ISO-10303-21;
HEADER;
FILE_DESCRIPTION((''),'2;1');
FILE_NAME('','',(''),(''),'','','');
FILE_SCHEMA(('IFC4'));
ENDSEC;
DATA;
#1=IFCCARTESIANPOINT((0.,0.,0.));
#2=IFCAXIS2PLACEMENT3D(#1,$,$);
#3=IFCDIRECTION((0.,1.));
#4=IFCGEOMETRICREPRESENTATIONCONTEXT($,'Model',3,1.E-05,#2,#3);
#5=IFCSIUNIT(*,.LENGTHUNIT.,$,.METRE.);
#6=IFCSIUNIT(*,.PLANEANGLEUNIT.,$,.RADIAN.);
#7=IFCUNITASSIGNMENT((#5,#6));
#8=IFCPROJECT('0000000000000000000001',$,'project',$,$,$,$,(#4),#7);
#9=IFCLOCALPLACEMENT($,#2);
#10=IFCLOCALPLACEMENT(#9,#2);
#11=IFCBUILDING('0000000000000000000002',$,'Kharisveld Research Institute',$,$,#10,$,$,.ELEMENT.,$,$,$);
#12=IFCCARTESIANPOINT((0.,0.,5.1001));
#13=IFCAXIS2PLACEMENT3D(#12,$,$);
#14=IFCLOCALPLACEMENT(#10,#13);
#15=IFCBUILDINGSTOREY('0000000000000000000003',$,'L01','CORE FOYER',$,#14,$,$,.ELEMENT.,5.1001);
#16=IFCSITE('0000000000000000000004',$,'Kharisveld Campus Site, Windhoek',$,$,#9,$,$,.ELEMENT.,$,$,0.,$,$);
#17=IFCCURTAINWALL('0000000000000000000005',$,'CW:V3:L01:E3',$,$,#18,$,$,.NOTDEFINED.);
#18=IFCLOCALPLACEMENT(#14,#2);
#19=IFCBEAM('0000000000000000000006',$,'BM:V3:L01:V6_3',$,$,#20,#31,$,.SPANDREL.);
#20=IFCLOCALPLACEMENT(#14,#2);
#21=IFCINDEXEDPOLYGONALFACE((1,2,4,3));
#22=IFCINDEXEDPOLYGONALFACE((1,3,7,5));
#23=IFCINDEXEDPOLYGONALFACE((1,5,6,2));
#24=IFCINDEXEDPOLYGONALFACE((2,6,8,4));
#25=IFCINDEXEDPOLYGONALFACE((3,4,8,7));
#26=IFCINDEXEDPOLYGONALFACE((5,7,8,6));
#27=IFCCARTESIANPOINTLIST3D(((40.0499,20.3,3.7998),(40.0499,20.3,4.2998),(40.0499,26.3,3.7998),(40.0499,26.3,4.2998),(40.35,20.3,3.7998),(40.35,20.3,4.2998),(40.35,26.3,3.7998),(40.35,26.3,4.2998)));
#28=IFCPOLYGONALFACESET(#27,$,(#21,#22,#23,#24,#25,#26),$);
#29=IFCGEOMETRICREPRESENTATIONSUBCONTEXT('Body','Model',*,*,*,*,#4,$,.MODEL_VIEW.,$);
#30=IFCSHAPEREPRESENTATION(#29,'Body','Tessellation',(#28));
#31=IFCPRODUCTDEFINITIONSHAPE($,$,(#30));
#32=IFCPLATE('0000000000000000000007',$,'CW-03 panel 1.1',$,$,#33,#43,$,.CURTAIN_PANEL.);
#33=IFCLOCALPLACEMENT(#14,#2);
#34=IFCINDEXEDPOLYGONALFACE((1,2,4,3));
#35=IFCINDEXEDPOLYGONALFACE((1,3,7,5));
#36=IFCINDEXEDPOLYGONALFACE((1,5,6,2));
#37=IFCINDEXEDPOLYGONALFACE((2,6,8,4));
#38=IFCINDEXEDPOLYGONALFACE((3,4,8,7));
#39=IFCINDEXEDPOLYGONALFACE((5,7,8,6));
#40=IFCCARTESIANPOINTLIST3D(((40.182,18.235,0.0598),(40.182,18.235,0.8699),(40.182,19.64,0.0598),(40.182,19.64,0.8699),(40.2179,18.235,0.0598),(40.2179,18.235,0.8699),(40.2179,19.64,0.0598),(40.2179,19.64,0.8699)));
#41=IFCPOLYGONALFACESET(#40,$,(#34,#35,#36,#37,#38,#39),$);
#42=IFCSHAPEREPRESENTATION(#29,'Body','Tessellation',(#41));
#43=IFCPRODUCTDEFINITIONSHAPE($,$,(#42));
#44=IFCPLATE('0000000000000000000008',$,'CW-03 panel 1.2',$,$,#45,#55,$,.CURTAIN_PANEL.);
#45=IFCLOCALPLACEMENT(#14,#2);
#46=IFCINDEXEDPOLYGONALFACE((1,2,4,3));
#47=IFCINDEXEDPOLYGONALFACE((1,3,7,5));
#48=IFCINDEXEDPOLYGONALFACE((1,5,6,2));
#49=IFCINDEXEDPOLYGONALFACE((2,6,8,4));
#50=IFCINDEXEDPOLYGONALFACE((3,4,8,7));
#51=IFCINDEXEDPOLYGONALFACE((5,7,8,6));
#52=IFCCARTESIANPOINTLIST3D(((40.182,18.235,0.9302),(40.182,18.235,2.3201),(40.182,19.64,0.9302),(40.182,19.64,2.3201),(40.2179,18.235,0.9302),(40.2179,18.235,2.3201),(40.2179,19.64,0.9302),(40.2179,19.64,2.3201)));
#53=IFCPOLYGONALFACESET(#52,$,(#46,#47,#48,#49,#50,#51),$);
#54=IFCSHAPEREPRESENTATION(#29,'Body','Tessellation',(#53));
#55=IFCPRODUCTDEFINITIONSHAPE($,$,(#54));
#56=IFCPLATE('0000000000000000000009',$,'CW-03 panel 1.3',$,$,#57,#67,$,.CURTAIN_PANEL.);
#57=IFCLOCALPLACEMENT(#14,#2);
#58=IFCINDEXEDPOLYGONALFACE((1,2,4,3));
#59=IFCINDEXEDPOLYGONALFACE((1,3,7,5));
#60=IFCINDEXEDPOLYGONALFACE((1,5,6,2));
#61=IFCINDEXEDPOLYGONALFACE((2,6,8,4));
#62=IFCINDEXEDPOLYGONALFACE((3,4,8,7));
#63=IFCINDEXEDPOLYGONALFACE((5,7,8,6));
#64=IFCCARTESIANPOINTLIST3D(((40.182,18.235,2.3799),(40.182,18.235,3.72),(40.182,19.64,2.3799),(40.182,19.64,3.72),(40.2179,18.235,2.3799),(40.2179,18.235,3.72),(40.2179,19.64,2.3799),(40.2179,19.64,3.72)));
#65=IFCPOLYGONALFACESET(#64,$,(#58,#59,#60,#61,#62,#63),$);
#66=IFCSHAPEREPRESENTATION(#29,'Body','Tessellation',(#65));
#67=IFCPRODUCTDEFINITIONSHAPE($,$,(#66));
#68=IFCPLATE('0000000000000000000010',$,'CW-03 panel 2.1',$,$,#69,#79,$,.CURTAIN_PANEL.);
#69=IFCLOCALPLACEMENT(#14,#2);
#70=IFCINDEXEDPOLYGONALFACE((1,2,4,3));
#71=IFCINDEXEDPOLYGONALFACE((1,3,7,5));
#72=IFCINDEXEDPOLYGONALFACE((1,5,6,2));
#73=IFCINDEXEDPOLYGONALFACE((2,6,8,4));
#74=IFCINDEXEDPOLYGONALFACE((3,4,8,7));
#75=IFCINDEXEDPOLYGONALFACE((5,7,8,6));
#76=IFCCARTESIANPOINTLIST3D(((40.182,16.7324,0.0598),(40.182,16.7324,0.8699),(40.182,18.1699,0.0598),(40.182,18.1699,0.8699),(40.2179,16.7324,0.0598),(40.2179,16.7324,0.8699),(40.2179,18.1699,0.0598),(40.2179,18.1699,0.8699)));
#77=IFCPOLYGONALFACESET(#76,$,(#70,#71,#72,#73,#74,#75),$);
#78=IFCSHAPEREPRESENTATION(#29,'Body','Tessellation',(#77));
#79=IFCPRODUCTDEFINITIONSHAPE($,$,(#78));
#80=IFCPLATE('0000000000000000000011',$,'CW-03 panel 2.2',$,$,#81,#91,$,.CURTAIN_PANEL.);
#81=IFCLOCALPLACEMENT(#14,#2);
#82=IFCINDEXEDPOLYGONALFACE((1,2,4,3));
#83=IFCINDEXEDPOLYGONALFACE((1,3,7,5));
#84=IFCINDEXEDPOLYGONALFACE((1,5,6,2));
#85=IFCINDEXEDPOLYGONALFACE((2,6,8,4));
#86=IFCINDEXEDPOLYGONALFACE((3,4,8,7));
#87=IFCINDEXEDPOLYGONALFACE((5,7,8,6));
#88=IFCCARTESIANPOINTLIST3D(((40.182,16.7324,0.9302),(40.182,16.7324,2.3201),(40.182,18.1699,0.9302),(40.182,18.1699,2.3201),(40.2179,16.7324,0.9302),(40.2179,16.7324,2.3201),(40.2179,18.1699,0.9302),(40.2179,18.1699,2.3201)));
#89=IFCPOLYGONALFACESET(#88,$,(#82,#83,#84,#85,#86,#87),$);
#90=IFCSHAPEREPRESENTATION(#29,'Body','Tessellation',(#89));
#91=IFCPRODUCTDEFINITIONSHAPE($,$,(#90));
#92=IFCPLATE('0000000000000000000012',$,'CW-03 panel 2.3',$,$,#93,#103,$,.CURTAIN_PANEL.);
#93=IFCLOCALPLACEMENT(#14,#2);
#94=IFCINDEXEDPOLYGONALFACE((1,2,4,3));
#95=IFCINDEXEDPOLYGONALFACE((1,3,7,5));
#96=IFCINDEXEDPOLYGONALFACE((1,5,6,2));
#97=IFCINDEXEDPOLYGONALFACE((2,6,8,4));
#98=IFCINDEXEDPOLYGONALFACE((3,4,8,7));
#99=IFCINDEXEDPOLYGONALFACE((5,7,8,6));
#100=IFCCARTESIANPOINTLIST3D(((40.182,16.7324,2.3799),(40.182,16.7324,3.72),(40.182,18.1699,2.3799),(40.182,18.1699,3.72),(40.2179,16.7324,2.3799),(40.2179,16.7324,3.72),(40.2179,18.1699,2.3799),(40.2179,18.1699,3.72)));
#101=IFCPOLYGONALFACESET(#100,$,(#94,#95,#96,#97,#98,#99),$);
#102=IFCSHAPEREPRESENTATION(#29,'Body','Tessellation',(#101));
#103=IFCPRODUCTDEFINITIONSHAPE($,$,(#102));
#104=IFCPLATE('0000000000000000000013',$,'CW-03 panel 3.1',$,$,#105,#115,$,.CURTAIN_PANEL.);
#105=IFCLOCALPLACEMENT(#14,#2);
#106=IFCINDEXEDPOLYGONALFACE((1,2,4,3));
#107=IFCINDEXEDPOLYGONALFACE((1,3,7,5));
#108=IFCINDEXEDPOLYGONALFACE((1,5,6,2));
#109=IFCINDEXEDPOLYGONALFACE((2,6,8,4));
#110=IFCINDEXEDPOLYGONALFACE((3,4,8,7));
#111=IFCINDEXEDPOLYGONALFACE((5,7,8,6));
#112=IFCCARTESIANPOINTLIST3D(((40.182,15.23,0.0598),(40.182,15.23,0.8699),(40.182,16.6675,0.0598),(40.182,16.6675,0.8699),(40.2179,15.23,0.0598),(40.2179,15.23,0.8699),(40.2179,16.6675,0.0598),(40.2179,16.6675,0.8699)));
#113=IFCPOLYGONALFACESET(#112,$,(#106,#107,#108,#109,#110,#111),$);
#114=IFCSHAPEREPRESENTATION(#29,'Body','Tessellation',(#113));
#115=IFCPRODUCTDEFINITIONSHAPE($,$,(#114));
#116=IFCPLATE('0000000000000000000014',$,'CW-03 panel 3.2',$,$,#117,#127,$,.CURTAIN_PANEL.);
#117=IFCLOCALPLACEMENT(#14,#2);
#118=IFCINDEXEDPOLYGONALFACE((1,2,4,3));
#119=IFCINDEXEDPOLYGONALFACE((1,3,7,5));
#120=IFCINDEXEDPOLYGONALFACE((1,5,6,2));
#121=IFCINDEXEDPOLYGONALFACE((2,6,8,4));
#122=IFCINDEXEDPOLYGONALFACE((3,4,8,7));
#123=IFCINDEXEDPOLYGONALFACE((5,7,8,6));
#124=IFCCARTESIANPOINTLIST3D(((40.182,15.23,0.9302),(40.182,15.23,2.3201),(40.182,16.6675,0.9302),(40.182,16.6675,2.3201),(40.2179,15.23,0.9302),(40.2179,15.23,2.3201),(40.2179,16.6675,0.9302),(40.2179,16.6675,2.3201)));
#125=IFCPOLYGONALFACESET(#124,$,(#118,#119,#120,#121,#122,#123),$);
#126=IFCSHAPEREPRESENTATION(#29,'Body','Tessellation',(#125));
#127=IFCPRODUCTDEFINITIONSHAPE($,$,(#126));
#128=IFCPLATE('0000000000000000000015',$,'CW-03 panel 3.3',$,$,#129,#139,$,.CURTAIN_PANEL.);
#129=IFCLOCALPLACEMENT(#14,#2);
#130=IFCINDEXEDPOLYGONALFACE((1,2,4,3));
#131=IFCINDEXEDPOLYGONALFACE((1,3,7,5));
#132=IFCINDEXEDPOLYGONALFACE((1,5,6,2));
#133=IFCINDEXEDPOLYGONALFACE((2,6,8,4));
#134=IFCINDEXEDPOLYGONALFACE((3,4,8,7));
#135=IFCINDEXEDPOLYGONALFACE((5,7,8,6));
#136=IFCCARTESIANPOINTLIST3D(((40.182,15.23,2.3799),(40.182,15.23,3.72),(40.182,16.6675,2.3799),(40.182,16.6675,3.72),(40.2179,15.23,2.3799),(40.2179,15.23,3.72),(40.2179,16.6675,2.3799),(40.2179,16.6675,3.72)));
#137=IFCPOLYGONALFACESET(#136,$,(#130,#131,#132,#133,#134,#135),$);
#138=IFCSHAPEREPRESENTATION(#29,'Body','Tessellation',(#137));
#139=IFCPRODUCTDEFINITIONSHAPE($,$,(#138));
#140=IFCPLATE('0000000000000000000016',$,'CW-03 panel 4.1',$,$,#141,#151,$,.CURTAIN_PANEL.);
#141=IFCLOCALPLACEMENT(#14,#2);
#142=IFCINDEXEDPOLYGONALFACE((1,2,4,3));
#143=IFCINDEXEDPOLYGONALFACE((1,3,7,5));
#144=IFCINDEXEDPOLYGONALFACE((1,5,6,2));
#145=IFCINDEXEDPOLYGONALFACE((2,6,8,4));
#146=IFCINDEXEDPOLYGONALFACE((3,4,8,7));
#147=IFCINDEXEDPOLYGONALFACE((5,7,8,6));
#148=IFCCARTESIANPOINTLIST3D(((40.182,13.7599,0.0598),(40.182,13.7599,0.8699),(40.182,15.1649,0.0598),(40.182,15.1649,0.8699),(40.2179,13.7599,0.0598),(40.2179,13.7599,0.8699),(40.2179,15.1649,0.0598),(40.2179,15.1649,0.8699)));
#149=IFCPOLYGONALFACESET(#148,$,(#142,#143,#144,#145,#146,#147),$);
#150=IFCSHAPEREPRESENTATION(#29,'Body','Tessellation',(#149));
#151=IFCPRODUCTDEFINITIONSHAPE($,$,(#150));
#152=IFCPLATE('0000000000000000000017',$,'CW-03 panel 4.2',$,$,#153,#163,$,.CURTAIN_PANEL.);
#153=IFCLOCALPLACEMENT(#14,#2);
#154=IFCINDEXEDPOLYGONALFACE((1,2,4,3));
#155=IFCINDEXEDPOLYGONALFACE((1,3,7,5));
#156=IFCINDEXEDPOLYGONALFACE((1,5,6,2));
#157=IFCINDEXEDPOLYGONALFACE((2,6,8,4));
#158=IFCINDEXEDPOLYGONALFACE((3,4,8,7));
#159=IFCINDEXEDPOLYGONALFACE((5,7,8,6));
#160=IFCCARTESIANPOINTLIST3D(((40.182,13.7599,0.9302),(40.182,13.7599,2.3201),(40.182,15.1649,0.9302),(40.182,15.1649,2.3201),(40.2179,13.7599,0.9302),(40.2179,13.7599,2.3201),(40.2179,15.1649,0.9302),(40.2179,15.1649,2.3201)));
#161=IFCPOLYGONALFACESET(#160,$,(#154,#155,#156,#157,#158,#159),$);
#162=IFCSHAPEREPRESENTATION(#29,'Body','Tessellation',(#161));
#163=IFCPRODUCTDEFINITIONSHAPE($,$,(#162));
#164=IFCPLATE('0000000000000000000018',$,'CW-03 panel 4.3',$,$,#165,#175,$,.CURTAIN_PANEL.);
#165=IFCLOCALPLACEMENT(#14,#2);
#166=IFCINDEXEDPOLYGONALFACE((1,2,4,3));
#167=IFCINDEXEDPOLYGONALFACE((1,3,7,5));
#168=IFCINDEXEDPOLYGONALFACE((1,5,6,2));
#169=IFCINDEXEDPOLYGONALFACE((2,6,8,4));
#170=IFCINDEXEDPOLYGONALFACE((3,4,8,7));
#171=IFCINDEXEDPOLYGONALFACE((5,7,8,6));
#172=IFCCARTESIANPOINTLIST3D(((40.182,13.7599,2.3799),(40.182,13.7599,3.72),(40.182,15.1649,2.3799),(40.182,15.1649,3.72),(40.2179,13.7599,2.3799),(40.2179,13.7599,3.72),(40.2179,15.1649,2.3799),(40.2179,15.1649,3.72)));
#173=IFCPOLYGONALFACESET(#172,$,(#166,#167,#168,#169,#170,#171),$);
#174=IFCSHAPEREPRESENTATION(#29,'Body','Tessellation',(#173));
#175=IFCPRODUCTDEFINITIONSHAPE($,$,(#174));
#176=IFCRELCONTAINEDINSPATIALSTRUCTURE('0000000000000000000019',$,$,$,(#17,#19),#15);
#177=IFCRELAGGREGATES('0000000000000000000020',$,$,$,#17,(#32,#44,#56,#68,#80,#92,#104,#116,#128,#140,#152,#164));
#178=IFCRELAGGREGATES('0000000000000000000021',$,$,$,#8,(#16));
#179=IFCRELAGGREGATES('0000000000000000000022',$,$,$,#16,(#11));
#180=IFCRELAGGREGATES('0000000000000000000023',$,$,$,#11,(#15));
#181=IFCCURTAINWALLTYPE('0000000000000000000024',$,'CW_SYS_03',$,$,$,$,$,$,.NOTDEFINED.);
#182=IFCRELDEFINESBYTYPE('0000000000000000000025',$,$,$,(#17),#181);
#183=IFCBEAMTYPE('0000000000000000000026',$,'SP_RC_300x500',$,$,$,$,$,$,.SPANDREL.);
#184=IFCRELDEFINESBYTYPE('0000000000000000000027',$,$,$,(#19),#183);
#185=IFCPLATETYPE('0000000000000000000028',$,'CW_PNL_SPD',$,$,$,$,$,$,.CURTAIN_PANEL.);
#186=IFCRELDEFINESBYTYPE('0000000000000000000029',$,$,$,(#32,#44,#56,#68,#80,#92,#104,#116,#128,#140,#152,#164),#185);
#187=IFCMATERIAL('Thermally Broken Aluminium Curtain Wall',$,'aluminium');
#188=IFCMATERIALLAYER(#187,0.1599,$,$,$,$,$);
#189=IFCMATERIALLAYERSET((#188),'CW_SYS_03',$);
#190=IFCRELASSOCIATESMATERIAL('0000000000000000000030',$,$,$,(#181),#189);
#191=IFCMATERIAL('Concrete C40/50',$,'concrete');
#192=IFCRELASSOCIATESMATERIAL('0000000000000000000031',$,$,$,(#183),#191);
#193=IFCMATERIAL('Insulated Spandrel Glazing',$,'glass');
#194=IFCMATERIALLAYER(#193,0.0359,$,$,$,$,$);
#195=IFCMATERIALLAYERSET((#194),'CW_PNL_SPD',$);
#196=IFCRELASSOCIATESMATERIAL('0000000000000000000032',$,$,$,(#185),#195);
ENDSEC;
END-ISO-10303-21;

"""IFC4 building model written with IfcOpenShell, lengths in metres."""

from ifc_helpers import new_model, si_unit, direction, frame, origin, origin_2d, place, context, subcontext, project, spatial, rectangle, extrude, material, layer, layer_set, material_profile, profile_set, type_object, element, aggregate, save


model = new_model("IFC4")

# Units and contexts
model_context = context("Model", 3, precision=1e-05, world=origin(), true_north=direction((0.0, 1.0)))
body_context = subcontext(model_context, "Body", "Model", "MODEL_VIEW")
ifc_project = project(units=[si_unit("LENGTHUNIT", "METRE"), si_unit("PLANEANGLEUNIT", "RADIAN")], contexts=[model_context])

# Site, building, storey
site_placement = place(None, origin())
site = spatial("IfcSite", under=ifc_project, at=site_placement, Name="Kharisveld Campus Site, Windhoek", CompositionType="ELEMENT", RefElevation=0.0)
building_placement = place(site_placement, origin())
building = spatial("IfcBuilding", under=site, at=building_placement, Name="Kharisveld Research Institute", CompositionType="ELEMENT")
storey_placement = place(building_placement, frame((0.0, 0.0, 5.1001)))
storey = spatial("IfcBuildingStorey", under=building, at=storey_placement, Name="L01", Description="CORE FOYER", CompositionType="ELEMENT", Elevation=5.1001)

# Curtain wall
ifc_material_1 = material(Name="Thermally Broken Aluminium Curtain Wall", Category="aluminium")
ifc_layer_1 = layer(ifc_material_1, 0.1599)
ifc_layer_set_1 = layer_set([ifc_layer_1], Name="CW_SYS_03")
curtain_wall_type = type_object("IfcCurtainWallType", Name="CW_SYS_03", PredefinedType="NOTDEFINED", material=ifc_layer_set_1)
curtain_wall_placement = place(storey_placement, origin())
curtain_wall = element("IfcCurtainWall", 1, at=curtain_wall_placement, inside=storey, type_object=curtain_wall_type, Name="CW:V3:L01:E3", PredefinedType="NOTDEFINED")

# Beam
ifc_material_2 = material(Name="Concrete C40/50", Category="concrete")
ifc_material_profile_1 = material_profile(ifc_material_2, rectangle(XDim=0.3, YDim=0.5, at=origin_2d()))
ifc_profile_set_1 = profile_set([ifc_material_profile_1], Name="Concrete C40/50")
beam_type = type_object("IfcBeamType", Name="SP_RC_300x500", PredefinedType="SPANDREL", material=ifc_profile_set_1)
beam_placement = place(storey_placement, frame((40.2, 20.3, 4.0498), z_axis=(0.0, 1.0, 0.0), x_axis=(-1.0, 0.0, 0.0)))
element("IfcBeam", 2, at=beam_placement, inside=storey, type_object=beam_type, Name="BM:V3:L01:V6_3", PredefinedType="SPANDREL", context=body_context, shape_type="SweptSolid", body=[
    extrude(rectangle(XDim=0.3, YDim=0.5, at=origin_2d()), origin(), (0.0, 0.0, 1.0), 6.0),
])

# Plates
ifc_material_3 = material(Name="Insulated Spandrel Glazing", Category="glass")
ifc_layer_2 = layer(ifc_material_3, 0.0359)
ifc_layer_set_2 = layer_set([ifc_layer_2], Name="CW_PNL_SPD")
plate_type = type_object("IfcPlateType", Name="CW_PNL_SPD", PredefinedType="CURTAIN_PANEL", material=ifc_layer_set_2)
plate_1_placement = place(storey_placement, frame((40.2, 18.9375, 0.0598), z_axis=(0.0, 0.0, 1.0), x_axis=(0.0, -1.0, 0.0)))
plate_1 = element("IfcPlate", 3, at=plate_1_placement, type_object=plate_type, Name="CW-03 panel 1.1", PredefinedType="CURTAIN_PANEL", context=body_context, shape_type="SweptSolid", body=[
    extrude(rectangle(XDim=1.405, YDim=0.0359, at=origin_2d()), origin(), (0.0, 0.0, 1.0), 0.8101),
])
plate_2_placement = place(storey_placement, frame((40.2, 18.9375, 0.9302), z_axis=(0.0, 0.0, 1.0), x_axis=(0.0, -1.0, 0.0)))
plate_2 = element("IfcPlate", 4, at=plate_2_placement, type_object=plate_type, Name="CW-03 panel 1.2", PredefinedType="CURTAIN_PANEL", context=body_context, shape_type="SweptSolid", body=[
    extrude(rectangle(XDim=1.405, YDim=0.0359, at=origin_2d()), origin(), (0.0, 0.0, 1.0), 1.3899),
])
plate_3_placement = place(storey_placement, frame((40.2, 18.9375, 2.3799), z_axis=(0.0, 0.0, 1.0), x_axis=(0.0, -1.0, 0.0)))
plate_3 = element("IfcPlate", 5, at=plate_3_placement, type_object=plate_type, Name="CW-03 panel 1.3", PredefinedType="CURTAIN_PANEL", context=body_context, shape_type="SweptSolid", body=[
    extrude(rectangle(XDim=1.405, YDim=0.0359, at=origin_2d()), origin(), (0.0, 0.0, 1.0), 1.3401),
])
plate_4_placement = place(storey_placement, frame((40.2, 17.4512, 0.0598), z_axis=(0.0, 0.0, 1.0), x_axis=(0.0, -1.0, 0.0)))
plate_4 = element("IfcPlate", 6, at=plate_4_placement, type_object=plate_type, Name="CW-03 panel 2.1", PredefinedType="CURTAIN_PANEL", context=body_context, shape_type="SweptSolid", body=[
    extrude(rectangle(XDim=1.4375, YDim=0.0359, at=origin_2d()), origin(), (0.0, 0.0, 1.0), 0.8101),
])
plate_5_placement = place(storey_placement, frame((40.2, 17.4512, 0.9302), z_axis=(0.0, 0.0, 1.0), x_axis=(0.0, -1.0, 0.0)))
plate_5 = element("IfcPlate", 7, at=plate_5_placement, type_object=plate_type, Name="CW-03 panel 2.2", PredefinedType="CURTAIN_PANEL", context=body_context, shape_type="SweptSolid", body=[
    extrude(rectangle(XDim=1.4375, YDim=0.0359, at=origin_2d()), origin(), (0.0, 0.0, 1.0), 1.3899),
])
plate_6_placement = place(storey_placement, frame((40.2, 17.4512, 2.3799), z_axis=(0.0, 0.0, 1.0), x_axis=(0.0, -1.0, 0.0)))
plate_6 = element("IfcPlate", 8, at=plate_6_placement, type_object=plate_type, Name="CW-03 panel 2.3", PredefinedType="CURTAIN_PANEL", context=body_context, shape_type="SweptSolid", body=[
    extrude(rectangle(XDim=1.4375, YDim=0.0359, at=origin_2d()), origin(), (0.0, 0.0, 1.0), 1.3401),
])
plate_7_placement = place(storey_placement, frame((40.2, 15.9487, 0.0598), z_axis=(0.0, 0.0, 1.0), x_axis=(0.0, -1.0, 0.0)))
plate_7 = element("IfcPlate", 9, at=plate_7_placement, type_object=plate_type, Name="CW-03 panel 3.1", PredefinedType="CURTAIN_PANEL", context=body_context, shape_type="SweptSolid", body=[
    extrude(rectangle(XDim=1.4375, YDim=0.0359, at=origin_2d()), origin(), (0.0, 0.0, 1.0), 0.8101),
])
plate_8_placement = place(storey_placement, frame((40.2, 15.9487, 0.9302), z_axis=(0.0, 0.0, 1.0), x_axis=(0.0, -1.0, 0.0)))
plate_8 = element("IfcPlate", 10, at=plate_8_placement, type_object=plate_type, Name="CW-03 panel 3.2", PredefinedType="CURTAIN_PANEL", context=body_context, shape_type="SweptSolid", body=[
    extrude(rectangle(XDim=1.4375, YDim=0.0359, at=origin_2d()), origin(), (0.0, 0.0, 1.0), 1.3899),
])
plate_9_placement = place(storey_placement, frame((40.2, 15.9487, 2.3799), z_axis=(0.0, 0.0, 1.0), x_axis=(0.0, -1.0, 0.0)))
plate_9 = element("IfcPlate", 11, at=plate_9_placement, type_object=plate_type, Name="CW-03 panel 3.3", PredefinedType="CURTAIN_PANEL", context=body_context, shape_type="SweptSolid", body=[
    extrude(rectangle(XDim=1.4375, YDim=0.0359, at=origin_2d()), origin(), (0.0, 0.0, 1.0), 1.3401),
])
plate_10_placement = place(storey_placement, frame((40.2, 14.4624, 0.0598), z_axis=(0.0, 0.0, 1.0), x_axis=(0.0, -1.0, 0.0)))
plate_10 = element("IfcPlate", 12, at=plate_10_placement, type_object=plate_type, Name="CW-03 panel 4.1", PredefinedType="CURTAIN_PANEL", context=body_context, shape_type="SweptSolid", body=[
    extrude(rectangle(XDim=1.405, YDim=0.0359, at=origin_2d()), origin(), (0.0, 0.0, 1.0), 0.8101),
])
plate_11_placement = place(storey_placement, frame((40.2, 14.4624, 0.9302), z_axis=(0.0, 0.0, 1.0), x_axis=(0.0, -1.0, 0.0)))
plate_11 = element("IfcPlate", 13, at=plate_11_placement, type_object=plate_type, Name="CW-03 panel 4.2", PredefinedType="CURTAIN_PANEL", context=body_context, shape_type="SweptSolid", body=[
    extrude(rectangle(XDim=1.405, YDim=0.0359, at=origin_2d()), origin(), (0.0, 0.0, 1.0), 1.3899),
])
plate_12_placement = place(storey_placement, frame((40.2, 14.4624, 2.3799), z_axis=(0.0, 0.0, 1.0), x_axis=(0.0, -1.0, 0.0)))
plate_12 = element("IfcPlate", 14, at=plate_12_placement, type_object=plate_type, Name="CW-03 panel 4.3", PredefinedType="CURTAIN_PANEL", context=body_context, shape_type="SweptSolid", body=[
    extrude(rectangle(XDim=1.405, YDim=0.0359, at=origin_2d()), origin(), (0.0, 0.0, 1.0), 1.3401),
])
aggregate(curtain_wall, [plate_1, plate_2, plate_3, plate_4, plate_5, plate_6, plate_7, plate_8, plate_9, plate_10, plate_11, plate_12])

save(model, "model.ifc")
